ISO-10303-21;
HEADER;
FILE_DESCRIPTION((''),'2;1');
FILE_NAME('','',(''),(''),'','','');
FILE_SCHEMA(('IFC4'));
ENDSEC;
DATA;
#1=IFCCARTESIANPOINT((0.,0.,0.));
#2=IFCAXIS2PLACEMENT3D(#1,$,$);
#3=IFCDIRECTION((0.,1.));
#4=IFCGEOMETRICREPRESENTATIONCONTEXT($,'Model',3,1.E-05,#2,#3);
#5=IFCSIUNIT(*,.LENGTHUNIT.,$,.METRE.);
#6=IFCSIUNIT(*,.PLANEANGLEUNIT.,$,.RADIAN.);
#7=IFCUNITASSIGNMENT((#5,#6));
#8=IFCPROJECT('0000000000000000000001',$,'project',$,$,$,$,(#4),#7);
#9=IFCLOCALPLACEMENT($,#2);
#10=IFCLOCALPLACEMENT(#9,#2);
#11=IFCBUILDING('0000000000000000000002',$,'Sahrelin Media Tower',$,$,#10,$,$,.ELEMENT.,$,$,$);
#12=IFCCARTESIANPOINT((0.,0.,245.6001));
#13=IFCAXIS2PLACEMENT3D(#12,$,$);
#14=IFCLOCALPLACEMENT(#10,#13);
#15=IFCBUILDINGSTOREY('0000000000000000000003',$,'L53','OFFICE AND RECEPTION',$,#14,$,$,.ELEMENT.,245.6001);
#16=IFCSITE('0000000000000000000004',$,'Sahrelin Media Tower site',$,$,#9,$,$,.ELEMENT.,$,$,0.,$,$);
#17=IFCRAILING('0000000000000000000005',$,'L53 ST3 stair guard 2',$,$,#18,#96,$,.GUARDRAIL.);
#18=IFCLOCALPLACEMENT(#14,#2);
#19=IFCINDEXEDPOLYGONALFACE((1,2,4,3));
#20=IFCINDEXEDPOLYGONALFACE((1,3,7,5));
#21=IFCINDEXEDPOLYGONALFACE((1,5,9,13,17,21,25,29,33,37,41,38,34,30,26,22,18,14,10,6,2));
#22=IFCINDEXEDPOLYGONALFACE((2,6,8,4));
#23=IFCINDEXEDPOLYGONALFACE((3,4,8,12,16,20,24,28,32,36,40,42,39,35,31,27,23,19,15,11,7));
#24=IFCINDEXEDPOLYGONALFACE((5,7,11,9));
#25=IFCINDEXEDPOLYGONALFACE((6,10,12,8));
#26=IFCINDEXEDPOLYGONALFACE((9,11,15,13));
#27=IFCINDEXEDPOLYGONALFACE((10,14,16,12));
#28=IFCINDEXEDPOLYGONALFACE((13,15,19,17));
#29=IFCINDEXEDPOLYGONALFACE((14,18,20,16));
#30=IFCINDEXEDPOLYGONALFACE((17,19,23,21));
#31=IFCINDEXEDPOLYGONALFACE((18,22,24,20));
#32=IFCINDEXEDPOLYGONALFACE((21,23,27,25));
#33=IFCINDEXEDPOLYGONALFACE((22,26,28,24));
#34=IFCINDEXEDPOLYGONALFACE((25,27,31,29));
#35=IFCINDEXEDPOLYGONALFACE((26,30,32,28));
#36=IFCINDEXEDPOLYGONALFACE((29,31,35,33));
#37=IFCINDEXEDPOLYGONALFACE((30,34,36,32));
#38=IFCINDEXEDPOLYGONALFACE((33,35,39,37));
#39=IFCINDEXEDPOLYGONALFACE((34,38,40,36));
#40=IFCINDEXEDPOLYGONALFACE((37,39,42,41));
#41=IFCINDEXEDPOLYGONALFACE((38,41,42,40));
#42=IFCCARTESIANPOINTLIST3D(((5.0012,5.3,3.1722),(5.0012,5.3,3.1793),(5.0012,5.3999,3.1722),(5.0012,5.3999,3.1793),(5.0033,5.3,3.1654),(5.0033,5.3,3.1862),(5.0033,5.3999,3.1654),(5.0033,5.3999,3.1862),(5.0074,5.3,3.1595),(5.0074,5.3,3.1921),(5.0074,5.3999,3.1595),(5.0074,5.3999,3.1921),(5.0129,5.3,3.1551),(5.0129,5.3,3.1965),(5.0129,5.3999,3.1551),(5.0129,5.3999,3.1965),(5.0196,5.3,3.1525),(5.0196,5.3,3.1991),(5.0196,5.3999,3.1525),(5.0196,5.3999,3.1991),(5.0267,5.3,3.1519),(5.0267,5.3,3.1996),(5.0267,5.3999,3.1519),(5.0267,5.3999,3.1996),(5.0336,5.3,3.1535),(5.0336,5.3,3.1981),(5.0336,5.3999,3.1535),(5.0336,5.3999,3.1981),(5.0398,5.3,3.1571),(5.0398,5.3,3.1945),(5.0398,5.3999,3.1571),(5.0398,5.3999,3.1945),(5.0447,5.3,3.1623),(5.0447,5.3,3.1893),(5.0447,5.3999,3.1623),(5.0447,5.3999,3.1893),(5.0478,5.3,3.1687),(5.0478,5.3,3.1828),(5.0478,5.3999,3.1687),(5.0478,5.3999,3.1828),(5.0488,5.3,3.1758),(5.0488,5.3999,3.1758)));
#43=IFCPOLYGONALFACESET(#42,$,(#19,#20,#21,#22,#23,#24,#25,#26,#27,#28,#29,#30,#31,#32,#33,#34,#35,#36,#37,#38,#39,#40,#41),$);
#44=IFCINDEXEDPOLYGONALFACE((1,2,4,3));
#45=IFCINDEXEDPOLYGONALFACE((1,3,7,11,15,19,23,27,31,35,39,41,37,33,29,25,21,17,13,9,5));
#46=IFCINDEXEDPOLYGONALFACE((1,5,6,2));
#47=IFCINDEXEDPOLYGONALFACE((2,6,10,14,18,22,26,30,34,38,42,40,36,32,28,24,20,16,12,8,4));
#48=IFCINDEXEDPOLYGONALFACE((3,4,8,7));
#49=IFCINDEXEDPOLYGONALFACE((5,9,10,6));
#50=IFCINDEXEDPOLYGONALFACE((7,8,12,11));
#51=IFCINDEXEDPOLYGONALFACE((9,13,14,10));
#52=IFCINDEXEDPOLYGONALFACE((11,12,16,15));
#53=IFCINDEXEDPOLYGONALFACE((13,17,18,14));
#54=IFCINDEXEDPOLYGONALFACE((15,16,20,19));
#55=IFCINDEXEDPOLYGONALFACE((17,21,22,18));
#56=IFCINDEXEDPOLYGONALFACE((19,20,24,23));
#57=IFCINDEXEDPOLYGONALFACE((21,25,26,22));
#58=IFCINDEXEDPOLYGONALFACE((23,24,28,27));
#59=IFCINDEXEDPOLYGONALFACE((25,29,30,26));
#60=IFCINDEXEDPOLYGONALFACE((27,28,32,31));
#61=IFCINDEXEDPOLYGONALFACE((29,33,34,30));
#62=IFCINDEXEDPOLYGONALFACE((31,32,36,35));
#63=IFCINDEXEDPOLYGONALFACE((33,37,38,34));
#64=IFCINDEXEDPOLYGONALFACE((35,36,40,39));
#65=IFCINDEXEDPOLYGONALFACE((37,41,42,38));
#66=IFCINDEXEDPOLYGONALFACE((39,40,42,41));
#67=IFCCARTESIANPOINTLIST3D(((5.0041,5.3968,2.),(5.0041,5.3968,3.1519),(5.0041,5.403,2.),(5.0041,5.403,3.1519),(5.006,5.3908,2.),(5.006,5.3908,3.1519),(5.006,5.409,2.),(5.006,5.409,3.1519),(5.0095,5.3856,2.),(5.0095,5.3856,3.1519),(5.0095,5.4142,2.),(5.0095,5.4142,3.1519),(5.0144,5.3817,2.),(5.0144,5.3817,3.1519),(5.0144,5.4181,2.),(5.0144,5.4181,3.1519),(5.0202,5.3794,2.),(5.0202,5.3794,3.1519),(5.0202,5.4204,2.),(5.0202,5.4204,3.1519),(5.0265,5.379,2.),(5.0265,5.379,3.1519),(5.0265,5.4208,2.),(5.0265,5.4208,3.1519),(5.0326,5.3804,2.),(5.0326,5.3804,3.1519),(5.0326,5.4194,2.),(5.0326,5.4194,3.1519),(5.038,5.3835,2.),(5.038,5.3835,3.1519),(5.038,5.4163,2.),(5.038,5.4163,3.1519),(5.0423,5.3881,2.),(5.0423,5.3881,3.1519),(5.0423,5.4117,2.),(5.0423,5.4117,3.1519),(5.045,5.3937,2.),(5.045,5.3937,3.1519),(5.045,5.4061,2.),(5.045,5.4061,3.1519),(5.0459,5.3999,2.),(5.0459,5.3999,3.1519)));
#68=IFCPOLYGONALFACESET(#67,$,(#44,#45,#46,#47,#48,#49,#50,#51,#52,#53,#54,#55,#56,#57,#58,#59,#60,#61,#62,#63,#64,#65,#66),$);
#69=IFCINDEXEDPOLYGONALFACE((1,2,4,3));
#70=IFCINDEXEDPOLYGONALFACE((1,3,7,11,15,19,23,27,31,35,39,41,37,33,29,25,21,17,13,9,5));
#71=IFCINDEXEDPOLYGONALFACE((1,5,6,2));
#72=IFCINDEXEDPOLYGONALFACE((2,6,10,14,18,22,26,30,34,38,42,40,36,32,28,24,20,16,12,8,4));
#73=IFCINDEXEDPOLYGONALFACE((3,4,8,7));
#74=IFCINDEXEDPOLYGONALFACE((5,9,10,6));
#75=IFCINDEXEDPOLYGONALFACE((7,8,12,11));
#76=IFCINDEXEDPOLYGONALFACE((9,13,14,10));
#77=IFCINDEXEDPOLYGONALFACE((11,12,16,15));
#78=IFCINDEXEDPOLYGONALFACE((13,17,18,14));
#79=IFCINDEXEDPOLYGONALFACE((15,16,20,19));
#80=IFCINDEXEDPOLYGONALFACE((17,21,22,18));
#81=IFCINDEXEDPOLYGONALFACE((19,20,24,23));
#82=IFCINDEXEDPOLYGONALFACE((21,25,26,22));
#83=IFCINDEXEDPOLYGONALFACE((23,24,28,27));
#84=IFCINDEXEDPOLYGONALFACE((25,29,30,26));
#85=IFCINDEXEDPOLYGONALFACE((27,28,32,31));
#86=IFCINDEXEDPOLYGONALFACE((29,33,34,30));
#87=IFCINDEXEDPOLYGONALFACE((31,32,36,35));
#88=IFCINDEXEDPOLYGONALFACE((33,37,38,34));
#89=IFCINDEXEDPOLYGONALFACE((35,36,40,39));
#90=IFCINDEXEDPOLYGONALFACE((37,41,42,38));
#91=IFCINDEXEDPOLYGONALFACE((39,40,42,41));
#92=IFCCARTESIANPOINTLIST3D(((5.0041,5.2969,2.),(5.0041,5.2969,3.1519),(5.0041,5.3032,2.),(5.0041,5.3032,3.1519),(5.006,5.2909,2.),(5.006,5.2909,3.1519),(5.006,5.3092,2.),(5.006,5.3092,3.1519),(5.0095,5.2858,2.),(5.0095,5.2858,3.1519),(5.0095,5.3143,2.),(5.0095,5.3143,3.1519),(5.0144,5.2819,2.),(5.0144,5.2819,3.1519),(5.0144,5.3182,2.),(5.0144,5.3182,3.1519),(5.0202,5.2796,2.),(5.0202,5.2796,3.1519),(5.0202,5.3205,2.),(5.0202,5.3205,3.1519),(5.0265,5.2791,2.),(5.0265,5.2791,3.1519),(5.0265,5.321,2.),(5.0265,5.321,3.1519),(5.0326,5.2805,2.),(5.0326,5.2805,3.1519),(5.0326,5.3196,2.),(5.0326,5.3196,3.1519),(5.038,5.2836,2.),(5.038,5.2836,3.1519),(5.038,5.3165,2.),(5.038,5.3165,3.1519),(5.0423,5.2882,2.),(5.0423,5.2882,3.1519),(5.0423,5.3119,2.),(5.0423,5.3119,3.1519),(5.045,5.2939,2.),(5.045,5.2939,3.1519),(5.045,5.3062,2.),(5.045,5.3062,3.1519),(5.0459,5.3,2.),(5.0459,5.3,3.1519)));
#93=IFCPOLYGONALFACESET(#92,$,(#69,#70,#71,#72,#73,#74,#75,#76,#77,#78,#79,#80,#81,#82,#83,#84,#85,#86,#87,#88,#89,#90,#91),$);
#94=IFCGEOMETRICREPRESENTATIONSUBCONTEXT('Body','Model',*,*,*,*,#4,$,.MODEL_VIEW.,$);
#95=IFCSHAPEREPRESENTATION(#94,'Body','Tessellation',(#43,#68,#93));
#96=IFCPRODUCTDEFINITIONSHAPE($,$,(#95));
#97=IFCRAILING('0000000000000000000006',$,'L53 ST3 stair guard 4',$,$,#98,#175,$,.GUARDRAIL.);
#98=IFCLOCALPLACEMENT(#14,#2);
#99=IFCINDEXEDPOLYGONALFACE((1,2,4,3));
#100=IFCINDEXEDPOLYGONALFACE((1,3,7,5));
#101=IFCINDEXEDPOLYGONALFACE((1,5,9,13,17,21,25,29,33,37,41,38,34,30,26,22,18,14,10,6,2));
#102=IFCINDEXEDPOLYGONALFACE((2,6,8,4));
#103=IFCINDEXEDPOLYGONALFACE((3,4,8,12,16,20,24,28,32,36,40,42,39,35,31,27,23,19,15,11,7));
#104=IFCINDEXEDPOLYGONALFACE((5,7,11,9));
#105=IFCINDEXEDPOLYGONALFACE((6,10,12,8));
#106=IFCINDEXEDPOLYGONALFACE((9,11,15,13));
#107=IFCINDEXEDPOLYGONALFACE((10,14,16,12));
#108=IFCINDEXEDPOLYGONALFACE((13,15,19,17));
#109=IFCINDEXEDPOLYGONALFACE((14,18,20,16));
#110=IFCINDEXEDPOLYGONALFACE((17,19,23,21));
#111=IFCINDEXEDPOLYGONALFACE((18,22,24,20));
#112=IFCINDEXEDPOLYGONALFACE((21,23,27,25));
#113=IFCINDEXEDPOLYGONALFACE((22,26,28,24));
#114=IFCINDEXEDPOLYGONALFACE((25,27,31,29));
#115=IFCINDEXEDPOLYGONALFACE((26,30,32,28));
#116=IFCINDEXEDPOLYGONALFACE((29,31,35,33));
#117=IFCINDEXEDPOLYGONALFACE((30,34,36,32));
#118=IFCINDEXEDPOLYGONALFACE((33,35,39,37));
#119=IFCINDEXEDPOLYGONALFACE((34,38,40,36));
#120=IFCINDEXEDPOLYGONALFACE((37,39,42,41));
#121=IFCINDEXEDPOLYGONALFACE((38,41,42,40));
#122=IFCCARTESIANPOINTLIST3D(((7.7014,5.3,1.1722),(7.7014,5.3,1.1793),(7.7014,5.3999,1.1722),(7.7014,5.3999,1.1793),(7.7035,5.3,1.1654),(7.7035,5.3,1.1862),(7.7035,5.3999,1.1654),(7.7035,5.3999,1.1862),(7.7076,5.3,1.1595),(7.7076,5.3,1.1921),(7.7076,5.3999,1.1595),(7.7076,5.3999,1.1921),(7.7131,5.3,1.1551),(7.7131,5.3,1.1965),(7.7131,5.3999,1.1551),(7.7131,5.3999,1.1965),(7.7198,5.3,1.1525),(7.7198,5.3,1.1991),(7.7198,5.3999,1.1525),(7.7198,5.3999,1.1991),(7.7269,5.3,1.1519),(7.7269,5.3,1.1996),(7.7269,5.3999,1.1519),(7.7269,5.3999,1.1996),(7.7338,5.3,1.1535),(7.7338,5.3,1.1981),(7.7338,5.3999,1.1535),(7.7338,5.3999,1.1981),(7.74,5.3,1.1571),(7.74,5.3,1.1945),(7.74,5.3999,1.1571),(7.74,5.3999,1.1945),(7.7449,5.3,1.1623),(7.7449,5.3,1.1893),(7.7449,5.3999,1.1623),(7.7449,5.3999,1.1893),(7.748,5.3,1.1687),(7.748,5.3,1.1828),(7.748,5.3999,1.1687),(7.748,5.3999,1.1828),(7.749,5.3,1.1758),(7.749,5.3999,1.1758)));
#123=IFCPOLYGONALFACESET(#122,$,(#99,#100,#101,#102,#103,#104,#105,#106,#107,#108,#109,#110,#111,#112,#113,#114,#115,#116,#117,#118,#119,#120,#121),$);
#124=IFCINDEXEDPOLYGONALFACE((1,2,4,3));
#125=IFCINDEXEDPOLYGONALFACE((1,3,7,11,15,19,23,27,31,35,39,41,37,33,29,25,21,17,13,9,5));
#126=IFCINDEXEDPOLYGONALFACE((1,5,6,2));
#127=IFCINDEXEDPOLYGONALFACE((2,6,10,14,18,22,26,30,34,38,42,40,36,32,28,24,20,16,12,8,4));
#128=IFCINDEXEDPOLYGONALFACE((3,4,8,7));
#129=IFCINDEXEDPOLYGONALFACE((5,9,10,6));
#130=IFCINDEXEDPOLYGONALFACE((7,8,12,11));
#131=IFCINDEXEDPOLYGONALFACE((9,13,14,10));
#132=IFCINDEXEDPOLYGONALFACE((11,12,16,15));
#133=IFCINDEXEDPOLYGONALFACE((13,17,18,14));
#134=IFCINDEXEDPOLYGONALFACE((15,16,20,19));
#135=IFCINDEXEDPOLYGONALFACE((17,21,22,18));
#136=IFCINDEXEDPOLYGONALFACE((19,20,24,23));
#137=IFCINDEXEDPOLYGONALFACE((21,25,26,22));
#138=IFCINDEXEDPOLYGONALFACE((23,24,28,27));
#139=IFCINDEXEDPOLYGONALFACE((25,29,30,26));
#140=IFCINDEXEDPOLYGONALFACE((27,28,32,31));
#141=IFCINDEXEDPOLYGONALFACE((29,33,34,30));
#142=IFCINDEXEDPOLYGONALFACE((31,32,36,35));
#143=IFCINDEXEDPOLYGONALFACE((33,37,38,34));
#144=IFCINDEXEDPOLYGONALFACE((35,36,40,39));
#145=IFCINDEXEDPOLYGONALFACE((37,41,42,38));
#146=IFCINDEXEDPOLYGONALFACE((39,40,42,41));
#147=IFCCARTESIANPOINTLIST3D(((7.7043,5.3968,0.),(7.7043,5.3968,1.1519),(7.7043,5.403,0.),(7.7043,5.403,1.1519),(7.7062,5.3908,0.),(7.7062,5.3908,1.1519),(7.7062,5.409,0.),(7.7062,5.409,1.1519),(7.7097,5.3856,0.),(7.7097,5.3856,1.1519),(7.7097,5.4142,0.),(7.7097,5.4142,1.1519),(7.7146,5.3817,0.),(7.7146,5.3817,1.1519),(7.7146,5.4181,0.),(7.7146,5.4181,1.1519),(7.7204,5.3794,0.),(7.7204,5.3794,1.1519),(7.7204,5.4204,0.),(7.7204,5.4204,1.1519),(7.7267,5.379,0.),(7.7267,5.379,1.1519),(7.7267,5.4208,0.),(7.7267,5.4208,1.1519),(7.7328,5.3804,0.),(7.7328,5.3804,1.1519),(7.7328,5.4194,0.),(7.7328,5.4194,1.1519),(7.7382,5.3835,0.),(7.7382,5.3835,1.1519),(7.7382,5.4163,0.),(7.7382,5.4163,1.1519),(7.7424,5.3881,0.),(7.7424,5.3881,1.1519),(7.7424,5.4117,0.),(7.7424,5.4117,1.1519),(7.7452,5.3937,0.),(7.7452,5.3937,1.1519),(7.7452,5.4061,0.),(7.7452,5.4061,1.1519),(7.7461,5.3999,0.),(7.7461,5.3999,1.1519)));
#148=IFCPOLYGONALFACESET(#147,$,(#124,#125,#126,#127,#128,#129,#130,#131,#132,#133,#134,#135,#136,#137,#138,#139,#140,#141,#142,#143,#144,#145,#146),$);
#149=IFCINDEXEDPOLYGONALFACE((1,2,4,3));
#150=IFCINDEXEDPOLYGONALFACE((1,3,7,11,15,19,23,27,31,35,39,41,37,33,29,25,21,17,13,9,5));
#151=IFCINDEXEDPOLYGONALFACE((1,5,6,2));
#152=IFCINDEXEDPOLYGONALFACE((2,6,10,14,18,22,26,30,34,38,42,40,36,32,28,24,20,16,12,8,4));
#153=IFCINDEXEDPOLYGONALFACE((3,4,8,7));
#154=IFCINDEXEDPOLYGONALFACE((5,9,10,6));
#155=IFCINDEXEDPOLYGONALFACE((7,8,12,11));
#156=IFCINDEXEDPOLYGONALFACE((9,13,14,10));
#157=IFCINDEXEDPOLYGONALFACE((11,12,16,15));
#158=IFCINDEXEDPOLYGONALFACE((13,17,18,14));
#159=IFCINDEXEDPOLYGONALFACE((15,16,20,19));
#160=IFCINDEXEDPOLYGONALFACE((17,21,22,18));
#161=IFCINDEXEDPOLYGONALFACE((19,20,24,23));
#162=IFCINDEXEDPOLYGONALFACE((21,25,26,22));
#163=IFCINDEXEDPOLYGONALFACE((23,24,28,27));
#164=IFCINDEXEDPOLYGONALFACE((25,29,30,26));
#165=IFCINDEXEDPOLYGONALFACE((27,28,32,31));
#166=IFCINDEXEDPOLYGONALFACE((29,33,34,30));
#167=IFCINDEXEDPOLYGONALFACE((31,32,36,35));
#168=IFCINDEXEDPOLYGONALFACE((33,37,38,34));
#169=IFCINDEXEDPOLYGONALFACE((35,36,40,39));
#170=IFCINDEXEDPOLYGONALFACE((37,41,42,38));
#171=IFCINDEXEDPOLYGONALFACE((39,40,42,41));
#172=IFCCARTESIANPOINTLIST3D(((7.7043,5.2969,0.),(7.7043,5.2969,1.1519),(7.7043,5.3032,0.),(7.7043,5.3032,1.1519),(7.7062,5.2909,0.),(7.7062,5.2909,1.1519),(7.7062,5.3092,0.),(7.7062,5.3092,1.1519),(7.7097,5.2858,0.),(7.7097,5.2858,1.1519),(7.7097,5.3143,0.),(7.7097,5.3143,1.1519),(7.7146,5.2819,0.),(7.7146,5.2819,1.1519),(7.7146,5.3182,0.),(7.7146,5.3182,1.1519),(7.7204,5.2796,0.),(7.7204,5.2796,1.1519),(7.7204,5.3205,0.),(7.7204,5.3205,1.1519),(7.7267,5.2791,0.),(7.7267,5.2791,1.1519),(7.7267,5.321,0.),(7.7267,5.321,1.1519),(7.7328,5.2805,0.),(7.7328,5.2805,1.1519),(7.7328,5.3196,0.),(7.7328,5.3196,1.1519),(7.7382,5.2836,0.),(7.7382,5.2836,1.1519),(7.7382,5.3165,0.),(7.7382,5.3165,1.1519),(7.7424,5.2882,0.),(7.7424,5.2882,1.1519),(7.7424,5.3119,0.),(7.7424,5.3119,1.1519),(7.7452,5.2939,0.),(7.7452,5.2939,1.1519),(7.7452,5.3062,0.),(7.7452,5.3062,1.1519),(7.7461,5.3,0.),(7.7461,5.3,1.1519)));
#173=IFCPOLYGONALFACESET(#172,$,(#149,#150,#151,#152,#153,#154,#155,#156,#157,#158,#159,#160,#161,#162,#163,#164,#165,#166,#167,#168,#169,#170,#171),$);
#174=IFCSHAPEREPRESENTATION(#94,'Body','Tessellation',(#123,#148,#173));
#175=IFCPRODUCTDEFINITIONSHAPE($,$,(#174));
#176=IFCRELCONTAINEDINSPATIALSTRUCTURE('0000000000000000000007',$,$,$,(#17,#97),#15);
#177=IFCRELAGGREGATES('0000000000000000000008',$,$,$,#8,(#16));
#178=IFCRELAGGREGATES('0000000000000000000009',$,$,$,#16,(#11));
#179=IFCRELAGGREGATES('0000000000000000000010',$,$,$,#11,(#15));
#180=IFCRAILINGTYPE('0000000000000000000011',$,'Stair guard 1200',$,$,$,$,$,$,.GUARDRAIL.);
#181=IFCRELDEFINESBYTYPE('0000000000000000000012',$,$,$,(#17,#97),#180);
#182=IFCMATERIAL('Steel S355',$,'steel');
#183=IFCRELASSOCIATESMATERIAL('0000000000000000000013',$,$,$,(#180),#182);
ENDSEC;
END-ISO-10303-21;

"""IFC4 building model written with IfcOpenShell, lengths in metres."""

from ifc_helpers import new_model, si_unit, direction, frame, origin, origin_2d, place, context, subcontext, project, spatial, circle, extrude, material, type_object, element, save


model = new_model("IFC4")

# Units and contexts
model_context = context("Model", 3, precision=1e-05, world=origin(), true_north=direction((0.0, 1.0)))
body_context = subcontext(model_context, "Body", "Model", "MODEL_VIEW")
ifc_project = project(units=[si_unit("LENGTHUNIT", "METRE"), si_unit("PLANEANGLEUNIT", "RADIAN")], contexts=[model_context])

# Site, building, storey
site_placement = place(None, origin())
site = spatial("IfcSite", under=ifc_project, at=site_placement, Name="Sahrelin Media Tower site", CompositionType="ELEMENT", RefElevation=0.0)
building_placement = place(site_placement, origin())
building = spatial("IfcBuilding", under=site, at=building_placement, Name="Sahrelin Media Tower", CompositionType="ELEMENT")
storey_placement = place(building_placement, frame((0.0, 0.0, 245.6001)))
storey = spatial("IfcBuildingStorey", under=building, at=storey_placement, Name="L53", Description="OFFICE AND RECEPTION", CompositionType="ELEMENT", Elevation=245.6001)

# Shared definitions
ifc_material_1 = material(Name="Steel S355", Category="steel")

# Railings
railing_type_1 = type_object("IfcRailingType", Name="Stair guard 1200", PredefinedType="GUARDRAIL", material=ifc_material_1)
for number, where, name in (
    (1, (5.0249, 5.3999, 2.0), "L53 ST3 stair guard 2"),
    (2, (7.7251, 5.3999, 0.0), "L53 ST3 stair guard 4"),
):
    element("IfcRailing", number, at=place(storey_placement, frame(where)), inside=storey, type_object=railing_type_1, Name=name, PredefinedType="GUARDRAIL", context=body_context, shape_type="SweptSolid", body=[
        extrude(circle(Radius=0.0239, at=origin_2d()), frame((0.0, 0.0, 1.1758), z_axis=(0.0, -1.0, 0.0), x_axis=(1.0, 0.0, 0.0)), (0.0, 0.0, 1.0), 0.0999),
        extrude(circle(Radius=0.021, at=origin_2d()), origin(), (0.0, 0.0, 1.0), 1.1519),
        extrude(circle(Radius=0.021, at=origin_2d()), frame((0.0, -0.0999, 0.0)), (0.0, 0.0, 1.0), 1.1519),
    ])

save(model, "model.ifc")
